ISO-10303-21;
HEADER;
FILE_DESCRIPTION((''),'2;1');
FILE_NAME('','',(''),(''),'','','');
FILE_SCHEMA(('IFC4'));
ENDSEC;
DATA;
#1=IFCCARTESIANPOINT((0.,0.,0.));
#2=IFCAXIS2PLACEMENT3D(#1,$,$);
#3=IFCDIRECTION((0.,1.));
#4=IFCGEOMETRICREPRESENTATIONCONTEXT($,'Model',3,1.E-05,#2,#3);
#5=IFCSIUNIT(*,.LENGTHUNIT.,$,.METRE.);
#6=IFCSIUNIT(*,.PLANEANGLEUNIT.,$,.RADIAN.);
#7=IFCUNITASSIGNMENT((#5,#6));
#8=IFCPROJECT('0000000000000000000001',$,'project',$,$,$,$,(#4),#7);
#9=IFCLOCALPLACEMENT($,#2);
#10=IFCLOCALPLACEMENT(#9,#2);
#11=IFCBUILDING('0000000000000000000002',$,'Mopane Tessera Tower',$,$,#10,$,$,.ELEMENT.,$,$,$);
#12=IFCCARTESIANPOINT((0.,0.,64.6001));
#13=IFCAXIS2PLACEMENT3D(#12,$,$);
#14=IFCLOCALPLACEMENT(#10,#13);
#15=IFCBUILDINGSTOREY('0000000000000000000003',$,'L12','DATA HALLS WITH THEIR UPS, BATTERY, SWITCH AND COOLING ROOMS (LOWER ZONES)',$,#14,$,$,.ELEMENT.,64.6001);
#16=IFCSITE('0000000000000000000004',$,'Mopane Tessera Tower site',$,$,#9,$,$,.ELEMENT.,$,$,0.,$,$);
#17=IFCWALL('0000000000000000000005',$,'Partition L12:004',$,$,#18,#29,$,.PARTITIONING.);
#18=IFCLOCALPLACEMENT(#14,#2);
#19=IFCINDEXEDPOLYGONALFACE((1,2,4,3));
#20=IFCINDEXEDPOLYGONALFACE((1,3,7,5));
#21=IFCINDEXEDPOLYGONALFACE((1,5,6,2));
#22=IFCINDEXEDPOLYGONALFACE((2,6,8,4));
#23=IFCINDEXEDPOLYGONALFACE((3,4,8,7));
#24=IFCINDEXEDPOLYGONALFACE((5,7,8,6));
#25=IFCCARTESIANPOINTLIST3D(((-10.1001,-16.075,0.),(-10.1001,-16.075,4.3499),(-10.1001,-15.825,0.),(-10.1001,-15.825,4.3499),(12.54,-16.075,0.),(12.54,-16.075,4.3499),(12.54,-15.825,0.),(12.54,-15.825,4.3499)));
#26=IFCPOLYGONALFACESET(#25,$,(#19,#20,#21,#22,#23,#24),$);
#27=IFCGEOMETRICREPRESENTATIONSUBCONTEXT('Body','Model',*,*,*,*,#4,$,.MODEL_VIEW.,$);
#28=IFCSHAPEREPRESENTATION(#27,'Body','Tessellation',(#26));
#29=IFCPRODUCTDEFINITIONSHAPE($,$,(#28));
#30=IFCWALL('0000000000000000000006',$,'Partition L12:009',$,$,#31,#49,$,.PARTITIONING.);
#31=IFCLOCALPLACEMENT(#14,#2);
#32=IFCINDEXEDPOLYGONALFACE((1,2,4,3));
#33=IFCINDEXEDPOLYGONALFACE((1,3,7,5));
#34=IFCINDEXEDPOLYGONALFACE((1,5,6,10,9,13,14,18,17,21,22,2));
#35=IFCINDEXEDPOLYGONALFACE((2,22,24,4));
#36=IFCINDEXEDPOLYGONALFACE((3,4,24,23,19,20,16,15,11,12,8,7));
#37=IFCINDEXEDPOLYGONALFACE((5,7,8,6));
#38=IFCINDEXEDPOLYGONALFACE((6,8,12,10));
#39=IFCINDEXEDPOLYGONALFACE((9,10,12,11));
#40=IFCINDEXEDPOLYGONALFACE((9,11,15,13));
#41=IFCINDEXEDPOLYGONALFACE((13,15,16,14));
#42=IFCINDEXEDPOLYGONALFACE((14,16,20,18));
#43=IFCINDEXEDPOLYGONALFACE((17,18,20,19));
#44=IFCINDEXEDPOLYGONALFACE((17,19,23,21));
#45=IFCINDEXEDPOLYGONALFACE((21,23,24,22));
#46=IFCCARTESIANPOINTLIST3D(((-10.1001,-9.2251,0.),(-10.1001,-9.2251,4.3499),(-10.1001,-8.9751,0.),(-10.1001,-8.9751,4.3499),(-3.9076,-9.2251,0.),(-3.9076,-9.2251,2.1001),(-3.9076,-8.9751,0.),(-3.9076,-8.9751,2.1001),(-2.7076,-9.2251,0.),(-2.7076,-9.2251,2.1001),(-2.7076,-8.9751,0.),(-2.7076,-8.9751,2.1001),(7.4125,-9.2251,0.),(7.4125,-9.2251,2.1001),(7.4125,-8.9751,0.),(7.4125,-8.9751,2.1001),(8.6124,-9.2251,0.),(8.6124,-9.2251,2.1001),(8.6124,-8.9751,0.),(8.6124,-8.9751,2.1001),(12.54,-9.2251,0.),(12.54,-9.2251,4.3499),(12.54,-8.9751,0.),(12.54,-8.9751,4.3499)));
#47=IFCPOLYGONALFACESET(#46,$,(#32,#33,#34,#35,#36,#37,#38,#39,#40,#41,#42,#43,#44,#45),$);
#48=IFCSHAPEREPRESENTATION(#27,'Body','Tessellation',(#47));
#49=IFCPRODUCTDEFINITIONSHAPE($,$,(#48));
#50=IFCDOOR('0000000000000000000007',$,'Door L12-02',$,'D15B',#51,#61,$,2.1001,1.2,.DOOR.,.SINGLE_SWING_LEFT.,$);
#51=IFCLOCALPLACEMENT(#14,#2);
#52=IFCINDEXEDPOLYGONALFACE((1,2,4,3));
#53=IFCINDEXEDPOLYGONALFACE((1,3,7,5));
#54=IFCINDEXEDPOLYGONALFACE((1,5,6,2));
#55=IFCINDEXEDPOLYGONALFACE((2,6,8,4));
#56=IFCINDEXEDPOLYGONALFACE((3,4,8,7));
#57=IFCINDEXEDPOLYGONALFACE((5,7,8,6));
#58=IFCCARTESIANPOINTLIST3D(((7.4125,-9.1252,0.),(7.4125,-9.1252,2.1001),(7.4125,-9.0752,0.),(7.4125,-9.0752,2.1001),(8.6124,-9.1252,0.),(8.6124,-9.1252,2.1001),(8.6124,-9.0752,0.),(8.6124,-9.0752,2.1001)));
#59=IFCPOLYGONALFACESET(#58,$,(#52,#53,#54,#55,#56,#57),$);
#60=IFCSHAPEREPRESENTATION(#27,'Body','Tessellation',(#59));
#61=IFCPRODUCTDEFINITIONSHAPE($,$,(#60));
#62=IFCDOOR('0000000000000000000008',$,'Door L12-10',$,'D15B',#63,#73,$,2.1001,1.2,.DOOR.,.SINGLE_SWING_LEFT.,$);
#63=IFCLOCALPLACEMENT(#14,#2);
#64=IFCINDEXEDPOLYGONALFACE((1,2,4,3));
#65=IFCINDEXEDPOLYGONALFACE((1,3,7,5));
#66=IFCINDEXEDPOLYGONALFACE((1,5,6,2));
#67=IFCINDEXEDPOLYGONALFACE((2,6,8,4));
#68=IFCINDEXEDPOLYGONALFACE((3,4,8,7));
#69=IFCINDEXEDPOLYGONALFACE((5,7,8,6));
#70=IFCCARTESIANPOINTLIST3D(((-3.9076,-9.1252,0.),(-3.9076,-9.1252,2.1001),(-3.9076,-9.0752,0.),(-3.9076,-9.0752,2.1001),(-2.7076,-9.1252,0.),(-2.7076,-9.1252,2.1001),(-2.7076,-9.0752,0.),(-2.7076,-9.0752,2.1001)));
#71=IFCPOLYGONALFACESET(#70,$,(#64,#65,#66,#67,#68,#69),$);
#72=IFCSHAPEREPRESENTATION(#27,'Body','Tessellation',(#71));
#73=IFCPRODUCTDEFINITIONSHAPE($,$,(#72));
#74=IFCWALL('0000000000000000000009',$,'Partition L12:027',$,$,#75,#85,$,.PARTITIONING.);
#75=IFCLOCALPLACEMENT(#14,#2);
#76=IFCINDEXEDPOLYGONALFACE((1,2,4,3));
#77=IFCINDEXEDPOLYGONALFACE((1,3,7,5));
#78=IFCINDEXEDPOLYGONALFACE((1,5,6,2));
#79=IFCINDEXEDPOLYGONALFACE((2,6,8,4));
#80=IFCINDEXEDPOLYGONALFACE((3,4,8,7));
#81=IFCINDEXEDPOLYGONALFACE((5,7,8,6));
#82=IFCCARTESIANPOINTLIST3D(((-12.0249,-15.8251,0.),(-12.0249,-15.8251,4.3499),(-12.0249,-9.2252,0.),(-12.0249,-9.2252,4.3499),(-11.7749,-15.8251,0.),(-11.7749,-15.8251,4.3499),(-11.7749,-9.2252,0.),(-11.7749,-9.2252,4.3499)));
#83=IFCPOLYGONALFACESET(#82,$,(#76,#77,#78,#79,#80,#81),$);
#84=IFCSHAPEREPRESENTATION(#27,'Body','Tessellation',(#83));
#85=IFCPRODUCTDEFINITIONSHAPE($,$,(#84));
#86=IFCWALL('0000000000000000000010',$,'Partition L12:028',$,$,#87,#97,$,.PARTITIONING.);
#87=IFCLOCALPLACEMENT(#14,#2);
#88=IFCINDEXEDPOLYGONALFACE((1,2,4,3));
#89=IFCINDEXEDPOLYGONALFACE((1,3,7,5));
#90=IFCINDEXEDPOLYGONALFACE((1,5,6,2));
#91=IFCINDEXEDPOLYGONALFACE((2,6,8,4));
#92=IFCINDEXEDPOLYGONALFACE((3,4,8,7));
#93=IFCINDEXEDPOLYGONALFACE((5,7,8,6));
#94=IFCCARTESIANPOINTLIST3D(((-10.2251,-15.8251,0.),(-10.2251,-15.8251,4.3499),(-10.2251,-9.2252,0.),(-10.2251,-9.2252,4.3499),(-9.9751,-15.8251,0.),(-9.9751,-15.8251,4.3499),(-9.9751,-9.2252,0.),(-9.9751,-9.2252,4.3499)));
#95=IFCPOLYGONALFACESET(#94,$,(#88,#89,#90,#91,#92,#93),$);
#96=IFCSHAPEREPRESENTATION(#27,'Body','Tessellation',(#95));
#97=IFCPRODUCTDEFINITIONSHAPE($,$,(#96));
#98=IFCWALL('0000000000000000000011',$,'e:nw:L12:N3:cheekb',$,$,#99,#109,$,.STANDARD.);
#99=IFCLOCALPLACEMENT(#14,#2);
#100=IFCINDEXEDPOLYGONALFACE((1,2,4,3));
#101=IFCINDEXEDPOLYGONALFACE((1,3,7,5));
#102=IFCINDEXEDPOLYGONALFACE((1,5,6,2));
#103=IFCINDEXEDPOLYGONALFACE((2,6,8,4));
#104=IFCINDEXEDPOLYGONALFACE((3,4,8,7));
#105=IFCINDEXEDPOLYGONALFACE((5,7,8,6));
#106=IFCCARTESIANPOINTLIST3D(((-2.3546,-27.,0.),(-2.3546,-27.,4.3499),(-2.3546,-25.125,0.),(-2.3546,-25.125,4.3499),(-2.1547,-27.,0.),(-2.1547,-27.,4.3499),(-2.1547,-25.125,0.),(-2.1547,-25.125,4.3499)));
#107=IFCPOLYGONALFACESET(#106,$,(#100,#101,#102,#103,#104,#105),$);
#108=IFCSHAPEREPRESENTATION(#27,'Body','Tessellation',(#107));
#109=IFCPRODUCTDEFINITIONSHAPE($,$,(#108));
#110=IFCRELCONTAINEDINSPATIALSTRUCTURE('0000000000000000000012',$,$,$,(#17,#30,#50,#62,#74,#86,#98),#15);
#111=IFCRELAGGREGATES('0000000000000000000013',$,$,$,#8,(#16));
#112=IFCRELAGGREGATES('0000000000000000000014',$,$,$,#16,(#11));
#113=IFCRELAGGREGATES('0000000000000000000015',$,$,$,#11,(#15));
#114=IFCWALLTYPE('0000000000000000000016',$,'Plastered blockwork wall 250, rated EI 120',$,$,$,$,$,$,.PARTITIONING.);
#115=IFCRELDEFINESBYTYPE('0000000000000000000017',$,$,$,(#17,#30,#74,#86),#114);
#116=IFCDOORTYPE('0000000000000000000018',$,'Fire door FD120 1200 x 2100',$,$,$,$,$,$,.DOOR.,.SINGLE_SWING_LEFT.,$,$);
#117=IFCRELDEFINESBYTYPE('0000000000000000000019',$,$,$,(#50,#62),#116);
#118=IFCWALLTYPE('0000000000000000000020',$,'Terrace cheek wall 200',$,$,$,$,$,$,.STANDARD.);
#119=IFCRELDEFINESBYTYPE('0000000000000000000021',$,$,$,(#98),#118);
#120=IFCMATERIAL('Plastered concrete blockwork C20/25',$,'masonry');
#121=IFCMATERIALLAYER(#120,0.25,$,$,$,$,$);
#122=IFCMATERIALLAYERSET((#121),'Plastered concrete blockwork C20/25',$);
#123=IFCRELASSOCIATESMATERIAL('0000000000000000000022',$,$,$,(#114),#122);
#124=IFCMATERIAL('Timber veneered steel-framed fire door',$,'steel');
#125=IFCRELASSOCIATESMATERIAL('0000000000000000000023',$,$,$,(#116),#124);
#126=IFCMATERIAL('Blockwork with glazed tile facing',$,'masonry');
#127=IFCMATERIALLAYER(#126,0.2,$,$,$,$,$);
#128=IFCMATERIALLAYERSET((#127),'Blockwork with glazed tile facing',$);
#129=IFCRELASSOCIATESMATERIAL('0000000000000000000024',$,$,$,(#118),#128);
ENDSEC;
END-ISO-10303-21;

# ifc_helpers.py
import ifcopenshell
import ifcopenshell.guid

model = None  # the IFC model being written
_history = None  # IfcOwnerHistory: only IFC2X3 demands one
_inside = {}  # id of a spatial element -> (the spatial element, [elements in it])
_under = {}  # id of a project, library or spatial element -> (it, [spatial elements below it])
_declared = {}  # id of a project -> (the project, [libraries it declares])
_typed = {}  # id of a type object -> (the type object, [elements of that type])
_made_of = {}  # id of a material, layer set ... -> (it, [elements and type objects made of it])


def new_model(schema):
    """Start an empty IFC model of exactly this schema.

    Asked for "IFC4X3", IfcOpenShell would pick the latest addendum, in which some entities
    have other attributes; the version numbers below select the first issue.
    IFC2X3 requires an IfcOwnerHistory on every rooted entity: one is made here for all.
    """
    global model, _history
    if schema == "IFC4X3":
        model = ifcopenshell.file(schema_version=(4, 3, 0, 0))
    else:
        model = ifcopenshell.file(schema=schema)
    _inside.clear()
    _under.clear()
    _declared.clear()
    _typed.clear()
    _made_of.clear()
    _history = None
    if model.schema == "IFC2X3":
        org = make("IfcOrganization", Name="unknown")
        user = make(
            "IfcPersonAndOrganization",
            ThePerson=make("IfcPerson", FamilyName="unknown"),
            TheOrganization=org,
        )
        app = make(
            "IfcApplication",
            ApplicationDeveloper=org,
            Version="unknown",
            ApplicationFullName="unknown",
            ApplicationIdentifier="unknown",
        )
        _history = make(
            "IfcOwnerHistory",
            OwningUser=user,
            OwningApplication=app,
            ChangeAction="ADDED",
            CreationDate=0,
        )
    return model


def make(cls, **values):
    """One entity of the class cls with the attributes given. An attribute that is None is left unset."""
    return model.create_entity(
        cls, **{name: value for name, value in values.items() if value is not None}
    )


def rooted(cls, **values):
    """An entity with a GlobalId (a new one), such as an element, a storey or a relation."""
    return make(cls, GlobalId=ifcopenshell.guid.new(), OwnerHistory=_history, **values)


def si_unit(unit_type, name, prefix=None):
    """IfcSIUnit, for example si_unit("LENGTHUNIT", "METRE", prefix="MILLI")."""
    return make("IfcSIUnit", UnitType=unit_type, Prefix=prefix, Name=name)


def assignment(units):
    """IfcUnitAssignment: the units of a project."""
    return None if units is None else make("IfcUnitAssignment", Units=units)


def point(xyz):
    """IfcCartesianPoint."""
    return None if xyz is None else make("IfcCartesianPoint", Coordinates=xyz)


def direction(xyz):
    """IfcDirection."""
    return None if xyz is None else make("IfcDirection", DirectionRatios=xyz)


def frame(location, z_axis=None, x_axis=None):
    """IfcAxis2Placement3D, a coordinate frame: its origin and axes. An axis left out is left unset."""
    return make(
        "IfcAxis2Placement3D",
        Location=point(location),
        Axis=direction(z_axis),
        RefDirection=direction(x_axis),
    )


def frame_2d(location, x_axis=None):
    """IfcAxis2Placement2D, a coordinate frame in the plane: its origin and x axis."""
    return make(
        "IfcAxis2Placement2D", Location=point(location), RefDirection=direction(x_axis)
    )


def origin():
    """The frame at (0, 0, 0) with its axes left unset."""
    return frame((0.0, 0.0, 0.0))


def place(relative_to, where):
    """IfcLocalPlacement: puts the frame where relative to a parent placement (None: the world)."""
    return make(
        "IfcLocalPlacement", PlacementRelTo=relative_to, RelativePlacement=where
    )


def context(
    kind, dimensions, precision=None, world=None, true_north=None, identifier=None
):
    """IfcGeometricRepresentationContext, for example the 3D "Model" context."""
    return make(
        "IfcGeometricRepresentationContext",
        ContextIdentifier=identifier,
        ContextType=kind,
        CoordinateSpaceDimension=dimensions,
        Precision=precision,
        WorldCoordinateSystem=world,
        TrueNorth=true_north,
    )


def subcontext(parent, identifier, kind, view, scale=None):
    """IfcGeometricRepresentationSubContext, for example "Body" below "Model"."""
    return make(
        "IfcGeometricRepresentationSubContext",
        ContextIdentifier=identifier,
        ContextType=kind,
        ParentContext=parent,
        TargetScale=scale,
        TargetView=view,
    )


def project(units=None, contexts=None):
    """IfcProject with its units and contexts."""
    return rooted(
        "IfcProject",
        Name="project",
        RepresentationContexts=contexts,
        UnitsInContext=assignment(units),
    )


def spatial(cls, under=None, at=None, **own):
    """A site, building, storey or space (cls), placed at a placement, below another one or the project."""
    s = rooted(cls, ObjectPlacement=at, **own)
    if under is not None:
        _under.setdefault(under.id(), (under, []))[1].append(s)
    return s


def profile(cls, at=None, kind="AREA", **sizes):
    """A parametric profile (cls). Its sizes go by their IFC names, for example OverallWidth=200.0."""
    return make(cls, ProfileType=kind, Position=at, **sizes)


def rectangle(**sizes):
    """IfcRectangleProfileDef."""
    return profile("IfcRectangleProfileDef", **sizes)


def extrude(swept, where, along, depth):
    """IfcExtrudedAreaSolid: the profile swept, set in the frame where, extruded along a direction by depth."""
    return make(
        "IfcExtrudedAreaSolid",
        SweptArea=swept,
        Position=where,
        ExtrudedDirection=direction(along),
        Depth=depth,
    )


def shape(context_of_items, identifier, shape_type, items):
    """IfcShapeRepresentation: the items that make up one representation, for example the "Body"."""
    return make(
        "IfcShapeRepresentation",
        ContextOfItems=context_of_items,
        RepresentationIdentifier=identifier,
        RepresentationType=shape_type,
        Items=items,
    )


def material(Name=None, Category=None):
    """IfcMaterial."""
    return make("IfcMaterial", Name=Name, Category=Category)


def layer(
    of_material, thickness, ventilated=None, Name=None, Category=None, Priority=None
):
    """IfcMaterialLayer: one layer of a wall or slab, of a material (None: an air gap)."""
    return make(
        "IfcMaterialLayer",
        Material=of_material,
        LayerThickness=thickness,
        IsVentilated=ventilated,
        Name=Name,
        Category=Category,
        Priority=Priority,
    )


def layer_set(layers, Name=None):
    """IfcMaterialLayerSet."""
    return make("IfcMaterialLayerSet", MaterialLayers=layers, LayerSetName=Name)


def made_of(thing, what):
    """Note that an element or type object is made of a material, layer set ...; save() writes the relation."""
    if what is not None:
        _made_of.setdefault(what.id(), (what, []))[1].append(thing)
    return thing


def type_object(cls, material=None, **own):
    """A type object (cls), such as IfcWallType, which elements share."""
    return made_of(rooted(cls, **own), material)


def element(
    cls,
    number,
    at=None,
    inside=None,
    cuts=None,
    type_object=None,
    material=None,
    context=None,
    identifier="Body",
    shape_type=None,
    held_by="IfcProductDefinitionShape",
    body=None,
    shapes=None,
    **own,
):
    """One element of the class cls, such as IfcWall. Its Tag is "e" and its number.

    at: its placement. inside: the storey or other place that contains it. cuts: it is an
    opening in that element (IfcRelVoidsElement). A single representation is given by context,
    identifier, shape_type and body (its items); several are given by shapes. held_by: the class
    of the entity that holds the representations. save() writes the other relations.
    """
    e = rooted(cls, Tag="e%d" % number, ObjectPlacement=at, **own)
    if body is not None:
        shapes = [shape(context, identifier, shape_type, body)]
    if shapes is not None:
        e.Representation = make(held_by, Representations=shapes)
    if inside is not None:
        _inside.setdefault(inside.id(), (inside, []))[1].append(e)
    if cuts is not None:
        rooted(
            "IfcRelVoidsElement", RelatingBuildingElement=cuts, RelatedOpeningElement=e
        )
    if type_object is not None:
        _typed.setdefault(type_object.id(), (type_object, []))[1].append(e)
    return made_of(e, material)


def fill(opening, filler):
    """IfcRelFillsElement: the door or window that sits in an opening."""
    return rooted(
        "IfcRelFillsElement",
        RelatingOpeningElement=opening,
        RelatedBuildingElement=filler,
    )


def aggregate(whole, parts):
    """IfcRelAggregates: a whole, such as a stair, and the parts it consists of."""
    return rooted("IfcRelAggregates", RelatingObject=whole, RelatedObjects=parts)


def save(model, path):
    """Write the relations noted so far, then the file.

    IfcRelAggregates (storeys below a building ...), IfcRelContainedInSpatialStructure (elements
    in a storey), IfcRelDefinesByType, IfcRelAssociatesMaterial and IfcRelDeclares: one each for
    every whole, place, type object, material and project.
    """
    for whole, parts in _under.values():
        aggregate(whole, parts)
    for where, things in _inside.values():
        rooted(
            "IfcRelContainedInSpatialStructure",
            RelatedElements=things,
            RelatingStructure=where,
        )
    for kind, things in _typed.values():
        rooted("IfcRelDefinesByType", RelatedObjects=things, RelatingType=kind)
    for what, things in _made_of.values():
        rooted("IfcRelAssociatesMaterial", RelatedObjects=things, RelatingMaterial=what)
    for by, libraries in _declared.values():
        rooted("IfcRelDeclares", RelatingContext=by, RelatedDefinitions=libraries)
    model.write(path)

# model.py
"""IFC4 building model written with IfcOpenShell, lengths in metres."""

from ifc_helpers import new_model, si_unit, direction, frame, frame_2d, origin, place, context, subcontext, project, spatial, rectangle, extrude, material, layer, layer_set, type_object, element, fill, save


model = new_model("IFC4")

# Units and contexts
model_context = context("Model", 3, precision=1e-05, world=origin(), true_north=direction((0.0, 1.0)))
body_context = subcontext(model_context, "Body", "Model", "MODEL_VIEW")
ifc_project = project(units=[si_unit("LENGTHUNIT", "METRE"), si_unit("PLANEANGLEUNIT", "RADIAN")], contexts=[model_context])

# Site, building, storey
site_placement = place(None, origin())
site = spatial("IfcSite", under=ifc_project, at=site_placement, Name="Mopane Tessera Tower site", CompositionType="ELEMENT", RefElevation=0.0)
building_placement = place(site_placement, origin())
building = spatial("IfcBuilding", under=site, at=building_placement, Name="Mopane Tessera Tower", CompositionType="ELEMENT")
storey_placement = place(building_placement, frame((0.0, 0.0, 64.6001)))
storey = spatial("IfcBuildingStorey", under=building, at=storey_placement, Name="L12", Description="DATA HALLS WITH THEIR UPS, BATTERY, SWITCH AND COOLING ROOMS (LOWER ZONES)", CompositionType="ELEMENT", Elevation=64.6001)

# Wall
ifc_material_1 = material(Name="Plastered concrete blockwork C20/25", Category="masonry")
ifc_layer_1 = layer(ifc_material_1, 0.25)
ifc_layer_set_1 = layer_set([ifc_layer_1], Name="Plastered concrete blockwork C20/25")
wall_type_1 = type_object("IfcWallType", Name="Plastered blockwork wall 250, rated EI 120", PredefinedType="PARTITIONING", material=ifc_layer_set_1)
wall_1_placement = place(storey_placement, frame((-10.1001, -15.95, 0.0), z_axis=(0.0, 0.0, 1.0), x_axis=(1.0, 0.0, 0.0)))
element("IfcWall", 1, at=wall_1_placement, inside=storey, type_object=wall_type_1, Name="Partition L12:004", PredefinedType="PARTITIONING", context=body_context, shape_type="SweptSolid", body=[
    extrude(rectangle(XDim=22.6401, YDim=0.25, at=frame_2d((11.3201, 0.0))), origin(), (0.0, 0.0, 1.0), 4.3499),
])

# Wall, openings, doors
wall_2_placement = place(storey_placement, frame((-10.1001, -9.1001, 0.0), z_axis=(0.0, 0.0, 1.0), x_axis=(1.0, 0.0, 0.0)))
wall_2 = element("IfcWall", 2, at=wall_2_placement, inside=storey, type_object=wall_type_1, Name="Partition L12:009", PredefinedType="PARTITIONING", context=body_context, shape_type="SweptSolid", body=[
    extrude(rectangle(XDim=22.6401, YDim=0.25, at=frame_2d((11.3201, 0.0))), origin(), (0.0, 0.0, 1.0), 4.3499),
])
opening_1_placement = place(wall_2_placement, frame((17.5125, 0.0, 0.0)))
opening_1 = element("IfcOpeningElement", 3, at=opening_1_placement, cuts=wall_2, PredefinedType="OPENING", context=body_context, shape_type="SweptSolid", body=[
    extrude(rectangle(XDim=1.2, YDim=2.1001, at=frame_2d((0.6001, 1.05))), frame((0.0, 0.137, 0.0), z_axis=(0.0, -1.0, 0.0), x_axis=(1.0, 0.0, 0.0)), (0.0, 0.0, 1.0), 0.2739),
])
opening_2_placement = place(wall_2_placement, frame((6.1924, 0.0, 0.0)))
opening_2 = element("IfcOpeningElement", 4, at=opening_2_placement, cuts=wall_2, PredefinedType="OPENING", context=body_context, shape_type="SweptSolid", body=[
    extrude(rectangle(XDim=1.2, YDim=2.1001, at=frame_2d((0.6001, 1.05))), frame((0.0, 0.137, 0.0), z_axis=(0.0, -1.0, 0.0), x_axis=(1.0, 0.0, 0.0)), (0.0, 0.0, 1.0), 0.2739),
])
ifc_material_2 = material(Name="Timber veneered steel-framed fire door", Category="steel")
door_type_1 = type_object("IfcDoorType", Name="Fire door FD120 1200 x 2100", OperationType="SINGLE_SWING_LEFT", PredefinedType="DOOR", material=ifc_material_2)
door_1_placement = place(opening_1_placement, origin())
door_1 = element("IfcDoor", 5, at=door_1_placement, inside=storey, type_object=door_type_1, Name="Door L12-02", ObjectType="D15B", OperationType="SINGLE_SWING_LEFT", OverallHeight=2.1001, OverallWidth=1.2, PredefinedType="DOOR", context=body_context, shape_type="SweptSolid", body=[
    extrude(rectangle(XDim=1.2, YDim=2.1001, at=frame_2d((0.6001, 1.05))), frame((0.0, 0.0249, 0.0), z_axis=(0.0, -1.0, 0.0), x_axis=(1.0, 0.0, 0.0)), (0.0, 0.0, 1.0), 0.05),
])
fill(opening_1, door_1)
door_2_placement = place(opening_2_placement, origin())
door_2 = element("IfcDoor", 6, at=door_2_placement, inside=storey, type_object=door_type_1, Name="Door L12-10", ObjectType="D15B", OperationType="SINGLE_SWING_LEFT", OverallHeight=2.1001, OverallWidth=1.2, PredefinedType="DOOR", context=body_context, shape_type="SweptSolid", body=[
    extrude(rectangle(XDim=1.2, YDim=2.1001, at=frame_2d((0.6001, 1.05))), frame((0.0, 0.0249, 0.0), z_axis=(0.0, -1.0, 0.0), x_axis=(1.0, 0.0, 0.0)), (0.0, 0.0, 1.0), 0.05),
])
fill(opening_2, door_2)

# Walls
for number, where, z_axis, x_axis, name in (
    (7, (-11.8999, -15.825, 0.0), (0.0, 0.0, 1.0), (0.0, 1.0, 0.0), "Partition L12:027"),
    (8, (-10.1001, -15.825, 0.0), (0.0, 0.0, 1.0), (0.0, 1.0, 0.0), "Partition L12:028"),
):
    element("IfcWall", number, at=place(storey_placement, frame(where, z_axis=z_axis, x_axis=x_axis)), inside=storey, type_object=wall_type_1, Name=name, PredefinedType="PARTITIONING", context=body_context, shape_type="SweptSolid", body=[
        extrude(rectangle(XDim=6.5999, YDim=0.25, at=frame_2d((3.2998, 0.0))), origin(), (0.0, 0.0, 1.0), 4.3499),
    ])
ifc_material_3 = material(Name="Blockwork with glazed tile facing", Category="masonry")
ifc_layer_2 = layer(ifc_material_3, 0.2)
ifc_layer_set_2 = layer_set([ifc_layer_2], Name="Blockwork with glazed tile facing")
wall_type_2 = type_object("IfcWallType", Name="Terrace cheek wall 200", PredefinedType="STANDARD", material=ifc_layer_set_2)
wall_3_placement = place(storey_placement, frame((-2.2546, -27.0, 0.0), z_axis=(0.0, 0.0, 1.0), x_axis=(0.0, 1.0, 0.0)))
element("IfcWall", 9, at=wall_3_placement, inside=storey, type_object=wall_type_2, Name="e:nw:L12:N3:cheekb", PredefinedType="STANDARD", context=body_context, shape_type="SweptSolid", body=[
    extrude(rectangle(XDim=1.875, YDim=0.2, at=frame_2d((0.9375, 0.0))), origin(), (0.0, 0.0, 1.0), 4.3499),
])

save(model, "model.ifc")
